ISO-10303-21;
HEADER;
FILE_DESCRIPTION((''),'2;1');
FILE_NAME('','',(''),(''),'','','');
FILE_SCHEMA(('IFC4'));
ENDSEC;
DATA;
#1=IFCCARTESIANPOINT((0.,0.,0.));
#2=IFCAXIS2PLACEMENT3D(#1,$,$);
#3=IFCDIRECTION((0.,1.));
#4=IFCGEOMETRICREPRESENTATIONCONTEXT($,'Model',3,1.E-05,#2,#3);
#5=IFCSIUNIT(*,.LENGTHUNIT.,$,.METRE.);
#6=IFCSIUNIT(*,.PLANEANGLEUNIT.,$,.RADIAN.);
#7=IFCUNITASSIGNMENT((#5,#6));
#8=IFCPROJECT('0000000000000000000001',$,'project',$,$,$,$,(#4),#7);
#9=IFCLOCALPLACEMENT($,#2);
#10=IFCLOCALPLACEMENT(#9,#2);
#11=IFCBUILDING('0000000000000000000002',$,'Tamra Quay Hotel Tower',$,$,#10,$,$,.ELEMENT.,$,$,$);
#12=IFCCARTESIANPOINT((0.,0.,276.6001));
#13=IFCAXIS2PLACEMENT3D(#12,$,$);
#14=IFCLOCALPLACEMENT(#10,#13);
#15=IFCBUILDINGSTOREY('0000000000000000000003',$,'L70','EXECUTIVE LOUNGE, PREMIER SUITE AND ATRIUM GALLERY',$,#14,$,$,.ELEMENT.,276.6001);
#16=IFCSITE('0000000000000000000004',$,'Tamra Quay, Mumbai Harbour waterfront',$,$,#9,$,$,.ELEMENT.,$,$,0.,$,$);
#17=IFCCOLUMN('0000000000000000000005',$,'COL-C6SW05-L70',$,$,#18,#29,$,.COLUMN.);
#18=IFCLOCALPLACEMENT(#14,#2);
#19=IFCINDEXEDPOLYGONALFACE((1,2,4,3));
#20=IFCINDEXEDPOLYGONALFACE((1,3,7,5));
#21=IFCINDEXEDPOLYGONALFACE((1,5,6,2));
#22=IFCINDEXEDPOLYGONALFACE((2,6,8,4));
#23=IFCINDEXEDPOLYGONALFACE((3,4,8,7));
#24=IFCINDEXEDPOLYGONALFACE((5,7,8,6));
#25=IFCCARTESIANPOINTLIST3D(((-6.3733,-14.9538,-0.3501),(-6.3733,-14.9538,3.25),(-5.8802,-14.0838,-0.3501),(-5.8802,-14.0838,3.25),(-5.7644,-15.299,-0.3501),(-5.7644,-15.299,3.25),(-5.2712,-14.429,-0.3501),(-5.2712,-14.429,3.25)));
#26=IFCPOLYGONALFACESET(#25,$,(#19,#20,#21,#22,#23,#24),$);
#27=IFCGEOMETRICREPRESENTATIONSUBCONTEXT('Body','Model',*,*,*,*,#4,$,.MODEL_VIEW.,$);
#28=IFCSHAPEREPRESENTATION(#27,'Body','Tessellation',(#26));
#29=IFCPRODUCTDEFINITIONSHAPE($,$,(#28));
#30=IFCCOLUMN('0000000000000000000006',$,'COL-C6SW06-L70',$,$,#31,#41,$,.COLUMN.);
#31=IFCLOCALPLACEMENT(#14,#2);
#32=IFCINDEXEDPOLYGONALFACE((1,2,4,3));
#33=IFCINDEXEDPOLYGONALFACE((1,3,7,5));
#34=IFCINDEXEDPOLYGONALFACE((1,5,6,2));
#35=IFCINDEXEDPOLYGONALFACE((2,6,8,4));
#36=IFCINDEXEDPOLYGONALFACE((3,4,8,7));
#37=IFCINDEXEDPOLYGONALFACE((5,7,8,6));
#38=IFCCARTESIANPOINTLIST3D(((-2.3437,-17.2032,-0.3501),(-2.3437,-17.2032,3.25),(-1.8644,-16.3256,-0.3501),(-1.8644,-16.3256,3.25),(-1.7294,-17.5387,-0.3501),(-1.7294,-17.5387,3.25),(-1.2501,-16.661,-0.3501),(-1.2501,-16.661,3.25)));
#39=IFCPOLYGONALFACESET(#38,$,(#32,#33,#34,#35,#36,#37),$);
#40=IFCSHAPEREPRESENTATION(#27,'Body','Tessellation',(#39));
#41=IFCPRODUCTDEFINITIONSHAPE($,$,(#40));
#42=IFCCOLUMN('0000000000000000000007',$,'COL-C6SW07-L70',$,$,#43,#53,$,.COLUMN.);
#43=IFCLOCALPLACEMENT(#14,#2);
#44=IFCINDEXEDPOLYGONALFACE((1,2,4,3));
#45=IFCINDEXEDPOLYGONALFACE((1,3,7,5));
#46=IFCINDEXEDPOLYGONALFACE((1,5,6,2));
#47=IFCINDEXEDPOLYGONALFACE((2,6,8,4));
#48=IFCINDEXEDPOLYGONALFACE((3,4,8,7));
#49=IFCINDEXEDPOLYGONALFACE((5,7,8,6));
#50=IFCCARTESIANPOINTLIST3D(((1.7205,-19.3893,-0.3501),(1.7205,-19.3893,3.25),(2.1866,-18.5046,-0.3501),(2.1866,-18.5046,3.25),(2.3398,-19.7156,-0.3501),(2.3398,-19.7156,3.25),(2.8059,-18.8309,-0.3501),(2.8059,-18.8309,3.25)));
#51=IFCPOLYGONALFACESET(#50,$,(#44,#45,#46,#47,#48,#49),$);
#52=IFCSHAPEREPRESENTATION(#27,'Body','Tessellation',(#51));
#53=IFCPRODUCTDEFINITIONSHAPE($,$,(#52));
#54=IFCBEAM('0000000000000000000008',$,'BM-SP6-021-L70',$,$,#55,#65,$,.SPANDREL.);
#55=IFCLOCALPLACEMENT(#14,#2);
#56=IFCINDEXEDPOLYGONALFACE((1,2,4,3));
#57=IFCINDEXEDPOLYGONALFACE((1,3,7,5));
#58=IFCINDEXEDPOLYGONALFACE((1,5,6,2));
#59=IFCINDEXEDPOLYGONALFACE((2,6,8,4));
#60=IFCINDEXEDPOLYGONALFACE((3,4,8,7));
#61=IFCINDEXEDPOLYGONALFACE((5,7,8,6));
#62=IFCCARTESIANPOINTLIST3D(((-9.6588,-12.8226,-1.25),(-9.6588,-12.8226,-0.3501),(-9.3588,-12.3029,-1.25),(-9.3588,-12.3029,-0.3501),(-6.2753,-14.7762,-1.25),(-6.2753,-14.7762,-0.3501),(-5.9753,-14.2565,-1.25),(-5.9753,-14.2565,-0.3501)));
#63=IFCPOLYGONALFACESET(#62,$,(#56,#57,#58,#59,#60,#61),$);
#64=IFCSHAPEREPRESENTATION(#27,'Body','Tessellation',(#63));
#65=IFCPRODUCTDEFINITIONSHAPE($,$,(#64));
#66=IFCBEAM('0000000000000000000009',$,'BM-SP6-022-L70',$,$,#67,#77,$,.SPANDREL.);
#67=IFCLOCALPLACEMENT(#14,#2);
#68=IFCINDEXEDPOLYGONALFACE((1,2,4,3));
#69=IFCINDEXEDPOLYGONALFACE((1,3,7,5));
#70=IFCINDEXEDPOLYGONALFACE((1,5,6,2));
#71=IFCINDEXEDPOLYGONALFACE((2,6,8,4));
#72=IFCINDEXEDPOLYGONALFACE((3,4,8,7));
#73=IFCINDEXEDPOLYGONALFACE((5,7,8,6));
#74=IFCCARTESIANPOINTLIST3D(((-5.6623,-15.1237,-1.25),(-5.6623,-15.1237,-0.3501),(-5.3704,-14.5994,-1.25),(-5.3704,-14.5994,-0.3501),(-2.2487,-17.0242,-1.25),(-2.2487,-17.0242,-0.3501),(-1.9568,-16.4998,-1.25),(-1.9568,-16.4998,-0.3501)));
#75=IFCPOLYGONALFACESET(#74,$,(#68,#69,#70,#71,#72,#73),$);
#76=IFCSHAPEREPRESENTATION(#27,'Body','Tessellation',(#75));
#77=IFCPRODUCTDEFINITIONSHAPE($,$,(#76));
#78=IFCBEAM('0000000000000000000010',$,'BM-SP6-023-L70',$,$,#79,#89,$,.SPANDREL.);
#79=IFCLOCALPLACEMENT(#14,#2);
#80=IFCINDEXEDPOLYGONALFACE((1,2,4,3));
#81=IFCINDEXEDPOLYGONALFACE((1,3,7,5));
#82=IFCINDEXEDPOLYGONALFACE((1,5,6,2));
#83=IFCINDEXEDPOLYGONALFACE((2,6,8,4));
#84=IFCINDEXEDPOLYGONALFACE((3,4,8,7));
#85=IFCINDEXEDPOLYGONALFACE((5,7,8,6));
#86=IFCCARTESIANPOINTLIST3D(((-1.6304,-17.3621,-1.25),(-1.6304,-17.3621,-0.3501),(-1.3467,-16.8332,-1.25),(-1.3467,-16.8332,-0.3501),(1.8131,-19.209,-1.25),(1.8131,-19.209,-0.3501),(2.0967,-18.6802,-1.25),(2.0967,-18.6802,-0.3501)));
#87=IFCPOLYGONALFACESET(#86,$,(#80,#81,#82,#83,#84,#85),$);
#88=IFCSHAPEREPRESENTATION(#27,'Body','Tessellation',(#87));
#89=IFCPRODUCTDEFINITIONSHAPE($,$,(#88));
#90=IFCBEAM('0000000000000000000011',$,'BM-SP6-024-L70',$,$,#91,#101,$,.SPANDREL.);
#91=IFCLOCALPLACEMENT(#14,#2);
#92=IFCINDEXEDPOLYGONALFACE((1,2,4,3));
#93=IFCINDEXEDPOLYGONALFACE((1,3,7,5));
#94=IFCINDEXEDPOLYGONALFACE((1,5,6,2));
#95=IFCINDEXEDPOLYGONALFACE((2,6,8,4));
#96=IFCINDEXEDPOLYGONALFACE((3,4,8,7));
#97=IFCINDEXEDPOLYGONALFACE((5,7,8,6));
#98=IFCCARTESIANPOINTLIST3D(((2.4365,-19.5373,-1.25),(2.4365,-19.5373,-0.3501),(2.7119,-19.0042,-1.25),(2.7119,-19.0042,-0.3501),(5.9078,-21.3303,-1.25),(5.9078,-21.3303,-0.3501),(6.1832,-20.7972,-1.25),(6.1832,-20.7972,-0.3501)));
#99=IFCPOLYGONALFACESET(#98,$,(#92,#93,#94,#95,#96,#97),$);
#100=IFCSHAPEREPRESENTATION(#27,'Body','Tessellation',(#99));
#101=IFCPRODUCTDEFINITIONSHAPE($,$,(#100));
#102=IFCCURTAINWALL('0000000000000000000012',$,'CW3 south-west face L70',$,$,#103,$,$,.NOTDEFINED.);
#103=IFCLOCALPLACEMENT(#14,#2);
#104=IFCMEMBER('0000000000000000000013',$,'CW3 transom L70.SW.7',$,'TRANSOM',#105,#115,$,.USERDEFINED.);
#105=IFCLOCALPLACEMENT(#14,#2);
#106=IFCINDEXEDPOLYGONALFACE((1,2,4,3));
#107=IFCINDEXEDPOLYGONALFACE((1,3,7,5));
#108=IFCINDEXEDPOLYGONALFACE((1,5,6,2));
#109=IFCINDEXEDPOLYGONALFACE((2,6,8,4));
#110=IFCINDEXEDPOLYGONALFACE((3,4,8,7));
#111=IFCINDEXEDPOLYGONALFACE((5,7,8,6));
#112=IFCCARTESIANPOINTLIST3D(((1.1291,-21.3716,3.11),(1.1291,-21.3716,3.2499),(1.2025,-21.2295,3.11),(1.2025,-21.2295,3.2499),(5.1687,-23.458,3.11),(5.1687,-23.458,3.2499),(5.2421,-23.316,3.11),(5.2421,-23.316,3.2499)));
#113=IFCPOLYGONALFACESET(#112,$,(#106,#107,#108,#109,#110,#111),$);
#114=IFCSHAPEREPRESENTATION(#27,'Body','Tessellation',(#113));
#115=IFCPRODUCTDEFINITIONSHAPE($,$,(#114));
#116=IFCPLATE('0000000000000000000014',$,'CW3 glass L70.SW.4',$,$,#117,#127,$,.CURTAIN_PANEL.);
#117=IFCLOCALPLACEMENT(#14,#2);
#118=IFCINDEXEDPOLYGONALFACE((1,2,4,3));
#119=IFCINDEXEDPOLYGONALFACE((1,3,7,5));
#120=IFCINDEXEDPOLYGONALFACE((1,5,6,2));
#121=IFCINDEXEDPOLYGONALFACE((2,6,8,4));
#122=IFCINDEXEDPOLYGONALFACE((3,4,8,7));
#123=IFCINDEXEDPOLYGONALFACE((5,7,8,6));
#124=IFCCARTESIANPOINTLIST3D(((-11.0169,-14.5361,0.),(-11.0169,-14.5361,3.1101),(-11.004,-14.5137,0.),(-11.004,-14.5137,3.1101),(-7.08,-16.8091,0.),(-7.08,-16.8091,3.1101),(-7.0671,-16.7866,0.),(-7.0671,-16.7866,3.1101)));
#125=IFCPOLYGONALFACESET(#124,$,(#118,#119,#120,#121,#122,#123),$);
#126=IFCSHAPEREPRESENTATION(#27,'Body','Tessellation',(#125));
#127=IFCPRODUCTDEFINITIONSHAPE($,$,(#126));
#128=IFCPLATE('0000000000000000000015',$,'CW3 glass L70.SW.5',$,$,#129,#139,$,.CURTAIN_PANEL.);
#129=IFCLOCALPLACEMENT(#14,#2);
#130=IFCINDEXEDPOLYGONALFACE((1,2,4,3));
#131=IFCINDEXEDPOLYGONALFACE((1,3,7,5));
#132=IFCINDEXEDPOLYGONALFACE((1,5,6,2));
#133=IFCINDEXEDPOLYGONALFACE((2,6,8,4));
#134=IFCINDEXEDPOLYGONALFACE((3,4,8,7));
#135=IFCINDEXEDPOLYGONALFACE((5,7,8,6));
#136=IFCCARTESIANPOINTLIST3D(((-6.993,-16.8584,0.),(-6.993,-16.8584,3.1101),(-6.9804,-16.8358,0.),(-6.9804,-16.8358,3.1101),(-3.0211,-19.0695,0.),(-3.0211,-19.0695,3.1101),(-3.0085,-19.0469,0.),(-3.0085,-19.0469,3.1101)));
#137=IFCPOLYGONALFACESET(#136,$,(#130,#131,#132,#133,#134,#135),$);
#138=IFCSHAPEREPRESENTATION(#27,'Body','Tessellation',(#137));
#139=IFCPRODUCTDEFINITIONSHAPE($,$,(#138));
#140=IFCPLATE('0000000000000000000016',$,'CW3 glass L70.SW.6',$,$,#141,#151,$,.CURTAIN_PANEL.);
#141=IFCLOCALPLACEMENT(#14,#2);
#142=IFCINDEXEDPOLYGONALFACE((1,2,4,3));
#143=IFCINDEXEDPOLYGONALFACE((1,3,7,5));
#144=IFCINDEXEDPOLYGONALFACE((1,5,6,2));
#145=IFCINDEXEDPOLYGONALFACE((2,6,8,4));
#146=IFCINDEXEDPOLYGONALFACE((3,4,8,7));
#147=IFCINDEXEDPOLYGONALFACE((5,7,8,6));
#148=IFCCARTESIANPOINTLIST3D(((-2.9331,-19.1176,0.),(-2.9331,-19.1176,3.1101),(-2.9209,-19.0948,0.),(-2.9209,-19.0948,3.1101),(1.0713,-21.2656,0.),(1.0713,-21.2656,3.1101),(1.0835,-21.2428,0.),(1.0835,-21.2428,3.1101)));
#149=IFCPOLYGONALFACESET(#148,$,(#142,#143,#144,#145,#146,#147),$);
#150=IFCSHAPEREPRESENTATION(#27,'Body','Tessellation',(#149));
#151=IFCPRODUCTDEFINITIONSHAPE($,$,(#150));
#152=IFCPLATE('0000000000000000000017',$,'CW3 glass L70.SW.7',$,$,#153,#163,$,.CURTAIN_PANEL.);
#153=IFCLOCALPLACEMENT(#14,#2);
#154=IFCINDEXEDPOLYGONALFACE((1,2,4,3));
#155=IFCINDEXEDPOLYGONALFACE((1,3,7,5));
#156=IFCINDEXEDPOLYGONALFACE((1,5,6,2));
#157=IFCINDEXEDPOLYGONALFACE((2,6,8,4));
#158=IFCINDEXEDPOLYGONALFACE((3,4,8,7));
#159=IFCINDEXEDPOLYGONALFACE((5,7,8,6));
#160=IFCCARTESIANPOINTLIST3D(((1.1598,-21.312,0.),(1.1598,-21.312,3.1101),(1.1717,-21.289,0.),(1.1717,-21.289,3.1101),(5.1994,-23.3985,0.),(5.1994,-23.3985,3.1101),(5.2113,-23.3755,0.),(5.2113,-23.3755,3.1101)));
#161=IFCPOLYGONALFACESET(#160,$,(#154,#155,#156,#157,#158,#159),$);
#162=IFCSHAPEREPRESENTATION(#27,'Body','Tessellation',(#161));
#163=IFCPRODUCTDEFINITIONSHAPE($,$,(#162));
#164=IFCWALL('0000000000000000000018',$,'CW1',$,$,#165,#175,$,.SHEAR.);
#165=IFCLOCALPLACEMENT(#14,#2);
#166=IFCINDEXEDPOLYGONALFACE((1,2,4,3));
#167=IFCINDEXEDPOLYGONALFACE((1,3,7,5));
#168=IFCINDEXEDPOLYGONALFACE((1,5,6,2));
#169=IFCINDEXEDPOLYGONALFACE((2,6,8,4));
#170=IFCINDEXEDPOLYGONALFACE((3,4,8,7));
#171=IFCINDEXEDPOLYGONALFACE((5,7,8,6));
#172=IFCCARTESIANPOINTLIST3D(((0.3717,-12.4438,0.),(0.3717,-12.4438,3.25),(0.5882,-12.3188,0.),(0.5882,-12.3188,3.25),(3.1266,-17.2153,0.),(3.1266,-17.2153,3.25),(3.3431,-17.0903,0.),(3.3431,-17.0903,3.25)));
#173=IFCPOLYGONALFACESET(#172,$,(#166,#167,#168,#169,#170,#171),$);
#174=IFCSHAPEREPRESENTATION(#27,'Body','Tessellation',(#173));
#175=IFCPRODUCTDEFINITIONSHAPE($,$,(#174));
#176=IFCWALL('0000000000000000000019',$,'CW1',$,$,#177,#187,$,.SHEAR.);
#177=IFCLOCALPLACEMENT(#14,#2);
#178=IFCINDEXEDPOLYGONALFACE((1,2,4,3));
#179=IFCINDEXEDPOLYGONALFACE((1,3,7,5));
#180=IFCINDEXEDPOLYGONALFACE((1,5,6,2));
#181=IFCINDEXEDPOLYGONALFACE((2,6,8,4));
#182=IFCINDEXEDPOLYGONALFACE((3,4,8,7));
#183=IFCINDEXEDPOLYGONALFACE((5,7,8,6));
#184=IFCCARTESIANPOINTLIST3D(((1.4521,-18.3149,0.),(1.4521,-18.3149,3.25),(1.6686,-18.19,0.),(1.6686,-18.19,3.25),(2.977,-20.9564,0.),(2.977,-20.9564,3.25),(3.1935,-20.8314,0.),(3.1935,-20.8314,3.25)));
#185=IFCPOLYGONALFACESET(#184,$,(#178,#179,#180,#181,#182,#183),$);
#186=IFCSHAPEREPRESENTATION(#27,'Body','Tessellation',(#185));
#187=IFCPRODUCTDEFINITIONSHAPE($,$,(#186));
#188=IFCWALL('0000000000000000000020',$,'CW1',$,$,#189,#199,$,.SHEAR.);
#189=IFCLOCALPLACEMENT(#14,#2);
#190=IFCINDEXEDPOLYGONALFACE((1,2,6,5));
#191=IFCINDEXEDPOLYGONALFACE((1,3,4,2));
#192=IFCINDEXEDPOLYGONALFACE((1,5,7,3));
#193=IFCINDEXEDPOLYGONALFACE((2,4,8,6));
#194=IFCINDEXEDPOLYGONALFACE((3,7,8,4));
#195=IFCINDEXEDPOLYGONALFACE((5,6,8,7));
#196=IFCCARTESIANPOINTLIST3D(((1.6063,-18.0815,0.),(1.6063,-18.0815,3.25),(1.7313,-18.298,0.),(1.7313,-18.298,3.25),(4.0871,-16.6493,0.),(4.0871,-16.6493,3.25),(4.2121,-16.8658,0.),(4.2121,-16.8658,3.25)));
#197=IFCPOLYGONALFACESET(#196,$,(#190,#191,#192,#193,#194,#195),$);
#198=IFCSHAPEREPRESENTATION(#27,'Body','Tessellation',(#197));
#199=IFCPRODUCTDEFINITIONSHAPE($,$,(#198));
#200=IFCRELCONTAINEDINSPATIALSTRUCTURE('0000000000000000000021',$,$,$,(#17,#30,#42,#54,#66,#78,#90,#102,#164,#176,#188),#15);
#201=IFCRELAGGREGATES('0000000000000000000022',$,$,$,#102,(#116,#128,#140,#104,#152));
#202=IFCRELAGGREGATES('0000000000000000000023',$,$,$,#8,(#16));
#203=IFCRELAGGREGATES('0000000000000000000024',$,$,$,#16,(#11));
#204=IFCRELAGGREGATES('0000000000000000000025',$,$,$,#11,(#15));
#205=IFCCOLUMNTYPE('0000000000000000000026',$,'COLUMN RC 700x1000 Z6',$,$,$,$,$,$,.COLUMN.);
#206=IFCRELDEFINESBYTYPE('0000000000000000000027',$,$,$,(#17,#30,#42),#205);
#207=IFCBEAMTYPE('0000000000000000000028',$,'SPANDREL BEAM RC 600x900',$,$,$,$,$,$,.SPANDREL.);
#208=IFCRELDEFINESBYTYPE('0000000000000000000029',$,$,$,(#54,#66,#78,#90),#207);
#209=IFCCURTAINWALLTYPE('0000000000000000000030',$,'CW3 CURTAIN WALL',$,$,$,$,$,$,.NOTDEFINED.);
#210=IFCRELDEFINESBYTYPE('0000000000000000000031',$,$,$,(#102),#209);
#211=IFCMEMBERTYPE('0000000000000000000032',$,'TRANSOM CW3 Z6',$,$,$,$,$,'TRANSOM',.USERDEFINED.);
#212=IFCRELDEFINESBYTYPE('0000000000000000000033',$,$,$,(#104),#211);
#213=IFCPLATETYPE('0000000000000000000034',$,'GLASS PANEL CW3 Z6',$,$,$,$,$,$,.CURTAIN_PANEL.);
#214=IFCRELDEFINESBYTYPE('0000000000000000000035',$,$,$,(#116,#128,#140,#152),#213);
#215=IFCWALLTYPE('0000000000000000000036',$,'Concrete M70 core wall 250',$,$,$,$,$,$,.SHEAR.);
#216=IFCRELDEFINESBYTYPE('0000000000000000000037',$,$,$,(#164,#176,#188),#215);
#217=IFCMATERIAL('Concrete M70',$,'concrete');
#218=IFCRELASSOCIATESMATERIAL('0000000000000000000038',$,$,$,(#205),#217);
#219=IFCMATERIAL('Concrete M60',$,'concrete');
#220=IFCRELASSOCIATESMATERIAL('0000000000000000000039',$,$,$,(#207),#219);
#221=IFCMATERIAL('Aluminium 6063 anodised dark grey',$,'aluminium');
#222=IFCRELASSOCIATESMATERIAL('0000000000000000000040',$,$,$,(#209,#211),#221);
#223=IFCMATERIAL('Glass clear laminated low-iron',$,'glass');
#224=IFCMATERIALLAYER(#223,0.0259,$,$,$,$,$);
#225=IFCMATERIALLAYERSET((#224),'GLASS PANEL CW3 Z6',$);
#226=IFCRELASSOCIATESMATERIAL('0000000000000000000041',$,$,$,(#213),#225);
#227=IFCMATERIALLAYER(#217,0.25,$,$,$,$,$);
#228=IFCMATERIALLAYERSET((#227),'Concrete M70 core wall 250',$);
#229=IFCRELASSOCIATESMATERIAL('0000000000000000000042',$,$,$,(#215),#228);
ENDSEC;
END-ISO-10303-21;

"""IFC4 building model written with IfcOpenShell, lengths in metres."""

from ifc_helpers import new_model, si_unit, direction, frame, frame_2d, origin, origin_2d, place, context, subcontext, project, spatial, rectangle, extrude, material, layer, layer_set, material_profile, profile_set, type_object, element, aggregate, save


model = new_model("IFC4")

# Units and contexts
model_context = context("Model", 3, precision=1e-05, world=origin(), true_north=direction((0.0, 1.0)))
body_context = subcontext(model_context, "Body", "Model", "MODEL_VIEW")
ifc_project = project(units=[si_unit("LENGTHUNIT", "METRE"), si_unit("PLANEANGLEUNIT", "RADIAN")], contexts=[model_context])

# Site, building, storey
site_placement = place(None, origin())
site = spatial("IfcSite", under=ifc_project, at=site_placement, Name="Tamra Quay, Mumbai Harbour waterfront", CompositionType="ELEMENT", RefElevation=0.0)
building_placement = place(site_placement, origin())
building = spatial("IfcBuilding", under=site, at=building_placement, Name="Tamra Quay Hotel Tower", CompositionType="ELEMENT")
storey_placement = place(building_placement, frame((0.0, 0.0, 276.6001)))
storey = spatial("IfcBuildingStorey", under=building, at=storey_placement, Name="L70", Description="EXECUTIVE LOUNGE, PREMIER SUITE AND ATRIUM GALLERY", CompositionType="ELEMENT", Elevation=276.6001)

# Columns
ifc_material_1 = material(Name="Concrete M70", Category="concrete")
ifc_material_profile_1 = material_profile(ifc_material_1, rectangle(XDim=1.0, YDim=0.7, at=origin_2d()), Name="COLUMN RC 700x1000 Z6")
ifc_profile_set_1 = profile_set([ifc_material_profile_1], Name="Concrete M70")
column_type = type_object("IfcColumnType", Name="COLUMN RC 700x1000 Z6", PredefinedType="COLUMN", material=ifc_profile_set_1)
for number, where, z_axis, x_axis, name in (
    (1, (-5.8223, -14.6914, -0.3501), (0.0, 0.0, 1.0), (0.493125, 0.869958, 0.0), "COL-C6SW05-L70"),
    (2, (-1.7969, -16.9321, -0.3501), (0.0, 0.0, 1.0), (0.479288, 0.877658, 0.0), "COL-C6SW06-L70"),
    (3, (2.2632, -19.1101, -0.3501), (0.0, 0.0, 1.0), (0.466118, 0.884723, 0.0), "COL-C6SW07-L70"),
):
    element("IfcColumn", number, at=place(storey_placement, frame(where, z_axis=z_axis, x_axis=x_axis)), inside=storey, type_object=column_type, Name=name, PredefinedType="COLUMN", context=body_context, shape_type="SweptSolid", body=[
        extrude(rectangle(XDim=1.0, YDim=0.7, at=origin_2d()), origin(), (0.0, 0.0, 1.0), 3.6001),
    ])

# Beams
ifc_material_2 = material(Name="Concrete M60", Category="concrete")
ifc_material_profile_2 = material_profile(ifc_material_2, rectangle(XDim=0.6001, YDim=0.8999, at=origin_2d()), Name="SPANDREL BEAM RC 600x900")
ifc_profile_set_2 = profile_set([ifc_material_profile_2], Name="Concrete M60")
beam_type = type_object("IfcBeamType", Name="SPANDREL BEAM RC 600x900", PredefinedType="SPANDREL", material=ifc_profile_set_2)
for number, where, z_axis, x_axis, name in (
    (4, (-9.5088, -12.5627, -0.8), (0.866012, -0.500024, 0.0), (0.500024, 0.866012, 0.0), "BM-SP6-021-L70"),
    (5, (-5.5164, -14.8616, -0.8), (0.873727, -0.486417, 0.0), (0.486417, 0.873727, 0.0), "BM-SP6-022-L70"),
):
    element("IfcBeam", number, at=place(storey_placement, frame(where, z_axis=z_axis, x_axis=x_axis)), inside=storey, type_object=beam_type, Name=name, PredefinedType="SPANDREL", context=body_context, shape_type="SweptSolid", body=[
        extrude(rectangle(XDim=0.6001, YDim=0.8999, at=origin_2d()), origin(), (0.0, 0.0, 1.0), 3.907),
    ])
beam_1_placement = place(storey_placement, frame((-1.4885, -17.0977, -0.8), z_axis=(0.881238, -0.472672, 0.0), x_axis=(0.472672, 0.881238, 0.0)))
element("IfcBeam", 6, at=beam_1_placement, inside=storey, type_object=beam_type, Name="BM-SP6-023-L70", PredefinedType="SPANDREL", context=body_context, shape_type="SweptSolid", body=[
    extrude(rectangle(XDim=0.6001, YDim=0.8999, at=origin_2d()), origin(), (0.0, 0.0, 1.0), 3.9075),
])
beam_2_placement = place(storey_placement, frame((2.5742, -19.2708, -0.8), z_axis=(0.888476, -0.458923, 0.0), x_axis=(0.458923, 0.888476, 0.0)))
element("IfcBeam", 7, at=beam_2_placement, inside=storey, type_object=beam_type, Name="BM-SP6-024-L70", PredefinedType="SPANDREL", context=body_context, shape_type="SweptSolid", body=[
    extrude(rectangle(XDim=0.6001, YDim=0.8999, at=origin_2d()), origin(), (0.0, 0.0, 1.0), 3.907),
])

# Curtain wall, member, plates
ifc_material_3 = material(Name="Aluminium 6063 anodised dark grey", Category="aluminium")
curtain_wall_type = type_object("IfcCurtainWallType", Name="CW3 CURTAIN WALL", PredefinedType="NOTDEFINED", material=ifc_material_3)
curtain_wall_placement = place(storey_placement, origin())
curtain_wall = element("IfcCurtainWall", 8, at=curtain_wall_placement, inside=storey, type_object=curtain_wall_type, Name="CW3 south-west face L70", PredefinedType="NOTDEFINED")
ifc_material_profile_3 = material_profile(ifc_material_3, rectangle(XDim=0.1599, YDim=0.1399, at=origin_2d()), Name="TRANSOM 160X140")
ifc_profile_set_3 = profile_set([ifc_material_profile_3], Name="Aluminium 6063 anodised dark grey")
member_type = type_object("IfcMemberType", Name="TRANSOM CW3 Z6", ElementType="TRANSOM", PredefinedType="USERDEFINED", material=ifc_profile_set_3)
member_placement = place(storey_placement, frame((1.1658, -21.3005, 3.1799), z_axis=(0.888486, -0.458903, 0.0), x_axis=(0.458903, 0.888486, 0.0)))
member = element("IfcMember", 9, at=member_placement, type_object=member_type, Name="CW3 transom L70.SW.7", ObjectType="TRANSOM", PredefinedType="USERDEFINED", context=body_context, shape_type="SweptSolid", body=[
    extrude(rectangle(XDim=0.1599, YDim=0.1399, at=origin_2d()), origin(), (0.0, 0.0, 1.0), 4.5466),
])
ifc_material_4 = material(Name="Glass clear laminated low-iron", Category="glass")
ifc_layer_1 = layer(ifc_material_4, 0.0259)
ifc_layer_set_1 = layer_set([ifc_layer_1], Name="GLASS PANEL CW3 Z6")
plate_type = type_object("IfcPlateType", Name="GLASS PANEL CW3 Z6", PredefinedType="CURTAIN_PANEL", material=ifc_layer_set_1)
plate_1_placement = place(storey_placement, frame((-9.042, -15.6614, 0.0), z_axis=(0.0, 0.0, 1.0), x_axis=(0.866025, -0.5, 0.0)))
plate_1 = element("IfcPlate", 10, at=plate_1_placement, type_object=plate_type, Name="CW3 glass L70.SW.4", PredefinedType="CURTAIN_PANEL", context=body_context, shape_type="SweptSolid", body=[
    extrude(rectangle(XDim=4.5459, YDim=0.0259, at=origin_2d()), origin(), (0.0, 0.0, 1.0), 3.1101),
])
plate_2_placement = place(storey_placement, frame((-5.0007, -17.9526, 0.0), z_axis=(0.0, 0.0, 1.0), x_axis=(0.873736, -0.4864, 0.0)))
plate_2 = element("IfcPlate", 11, at=plate_2_placement, type_object=plate_type, Name="CW3 glass L70.SW.5", PredefinedType="CURTAIN_PANEL", context=body_context, shape_type="SweptSolid", body=[
    extrude(rectangle(XDim=4.5459, YDim=0.0259, at=origin_2d()), origin(), (0.0, 0.0, 1.0), 3.1101),
])
plate_3_placement = place(storey_placement, frame((-0.9248, -20.1802, 0.0), z_axis=(0.0, 0.0, 1.0), x_axis=(0.881224, -0.4727, 0.0)))
plate_3 = element("IfcPlate", 12, at=plate_3_placement, type_object=plate_type, Name="CW3 glass L70.SW.6", PredefinedType="CURTAIN_PANEL", context=body_context, shape_type="SweptSolid", body=[
    extrude(rectangle(XDim=4.5442, YDim=0.0259, at=origin_2d()), origin(), (0.0, 0.0, 1.0), 3.1101),
])
plate_4_placement = place(storey_placement, frame((3.1855, -22.3438, 0.0), z_axis=(0.0, 0.0, 1.0), x_axis=(0.888486, -0.458903, 0.0)))
plate_4 = element("IfcPlate", 13, at=plate_4_placement, type_object=plate_type, Name="CW3 glass L70.SW.7", PredefinedType="CURTAIN_PANEL", context=body_context, shape_type="SweptSolid", body=[
    extrude(rectangle(XDim=4.5466, YDim=0.0259, at=origin_2d()), origin(), (0.0, 0.0, 1.0), 3.1101),
])
aggregate(curtain_wall, [plate_1, plate_2, plate_3, member, plate_4])

# Walls
ifc_layer_2 = layer(ifc_material_1, 0.25)
ifc_layer_set_2 = layer_set([ifc_layer_2], Name="Concrete M70 core wall 250")
wall_type_1 = type_object("IfcWallType", Name="Concrete M70 core wall 250", PredefinedType="SHEAR", material=ifc_layer_set_2)
wall_1_placement = place(storey_placement, frame((3.2349, -17.1528, 0.0), z_axis=(0.0, 0.0, 1.0), x_axis=(-0.500009, 0.86602, 0.0)))
element("IfcWall", 14, at=wall_1_placement, inside=storey, type_object=wall_type_1, Name="CW1", PredefinedType="SHEAR", context=body_context, shape_type="SweptSolid", body=[
    extrude(rectangle(XDim=5.5098, YDim=0.25, at=frame_2d((2.7549, 0.0))), origin(), (0.0, 0.0, 1.0), 3.25),
])
wall_2_placement = place(storey_placement, frame((3.0852, -20.8938, 0.0), z_axis=(0.0, 0.0, 1.0), x_axis=(-0.499979, 0.866038, 0.0)))
element("IfcWall", 15, at=wall_2_placement, inside=storey, type_object=wall_type_1, Name="CW1", PredefinedType="SHEAR", context=body_context, shape_type="SweptSolid", body=[
    extrude(rectangle(XDim=3.05, YDim=0.25, at=frame_2d((1.5249, 0.0))), origin(), (0.0, 0.0, 1.0), 3.25),
])
wall_3_placement = place(storey_placement, frame((1.6689, -18.1897, 0.0), z_axis=(0.0, 0.0, 1.0), x_axis=(0.866042, 0.499971, 0.0)))
element("IfcWall", 16, at=wall_3_placement, inside=storey, type_object=wall_type_1, Name="CW1", PredefinedType="SHEAR", context=body_context, shape_type="SweptSolid", body=[
    extrude(rectangle(XDim=2.8645, YDim=0.25, at=frame_2d((1.4321, 0.0))), origin(), (0.0, 0.0, 1.0), 3.25),
])

save(model, "model.ifc")
